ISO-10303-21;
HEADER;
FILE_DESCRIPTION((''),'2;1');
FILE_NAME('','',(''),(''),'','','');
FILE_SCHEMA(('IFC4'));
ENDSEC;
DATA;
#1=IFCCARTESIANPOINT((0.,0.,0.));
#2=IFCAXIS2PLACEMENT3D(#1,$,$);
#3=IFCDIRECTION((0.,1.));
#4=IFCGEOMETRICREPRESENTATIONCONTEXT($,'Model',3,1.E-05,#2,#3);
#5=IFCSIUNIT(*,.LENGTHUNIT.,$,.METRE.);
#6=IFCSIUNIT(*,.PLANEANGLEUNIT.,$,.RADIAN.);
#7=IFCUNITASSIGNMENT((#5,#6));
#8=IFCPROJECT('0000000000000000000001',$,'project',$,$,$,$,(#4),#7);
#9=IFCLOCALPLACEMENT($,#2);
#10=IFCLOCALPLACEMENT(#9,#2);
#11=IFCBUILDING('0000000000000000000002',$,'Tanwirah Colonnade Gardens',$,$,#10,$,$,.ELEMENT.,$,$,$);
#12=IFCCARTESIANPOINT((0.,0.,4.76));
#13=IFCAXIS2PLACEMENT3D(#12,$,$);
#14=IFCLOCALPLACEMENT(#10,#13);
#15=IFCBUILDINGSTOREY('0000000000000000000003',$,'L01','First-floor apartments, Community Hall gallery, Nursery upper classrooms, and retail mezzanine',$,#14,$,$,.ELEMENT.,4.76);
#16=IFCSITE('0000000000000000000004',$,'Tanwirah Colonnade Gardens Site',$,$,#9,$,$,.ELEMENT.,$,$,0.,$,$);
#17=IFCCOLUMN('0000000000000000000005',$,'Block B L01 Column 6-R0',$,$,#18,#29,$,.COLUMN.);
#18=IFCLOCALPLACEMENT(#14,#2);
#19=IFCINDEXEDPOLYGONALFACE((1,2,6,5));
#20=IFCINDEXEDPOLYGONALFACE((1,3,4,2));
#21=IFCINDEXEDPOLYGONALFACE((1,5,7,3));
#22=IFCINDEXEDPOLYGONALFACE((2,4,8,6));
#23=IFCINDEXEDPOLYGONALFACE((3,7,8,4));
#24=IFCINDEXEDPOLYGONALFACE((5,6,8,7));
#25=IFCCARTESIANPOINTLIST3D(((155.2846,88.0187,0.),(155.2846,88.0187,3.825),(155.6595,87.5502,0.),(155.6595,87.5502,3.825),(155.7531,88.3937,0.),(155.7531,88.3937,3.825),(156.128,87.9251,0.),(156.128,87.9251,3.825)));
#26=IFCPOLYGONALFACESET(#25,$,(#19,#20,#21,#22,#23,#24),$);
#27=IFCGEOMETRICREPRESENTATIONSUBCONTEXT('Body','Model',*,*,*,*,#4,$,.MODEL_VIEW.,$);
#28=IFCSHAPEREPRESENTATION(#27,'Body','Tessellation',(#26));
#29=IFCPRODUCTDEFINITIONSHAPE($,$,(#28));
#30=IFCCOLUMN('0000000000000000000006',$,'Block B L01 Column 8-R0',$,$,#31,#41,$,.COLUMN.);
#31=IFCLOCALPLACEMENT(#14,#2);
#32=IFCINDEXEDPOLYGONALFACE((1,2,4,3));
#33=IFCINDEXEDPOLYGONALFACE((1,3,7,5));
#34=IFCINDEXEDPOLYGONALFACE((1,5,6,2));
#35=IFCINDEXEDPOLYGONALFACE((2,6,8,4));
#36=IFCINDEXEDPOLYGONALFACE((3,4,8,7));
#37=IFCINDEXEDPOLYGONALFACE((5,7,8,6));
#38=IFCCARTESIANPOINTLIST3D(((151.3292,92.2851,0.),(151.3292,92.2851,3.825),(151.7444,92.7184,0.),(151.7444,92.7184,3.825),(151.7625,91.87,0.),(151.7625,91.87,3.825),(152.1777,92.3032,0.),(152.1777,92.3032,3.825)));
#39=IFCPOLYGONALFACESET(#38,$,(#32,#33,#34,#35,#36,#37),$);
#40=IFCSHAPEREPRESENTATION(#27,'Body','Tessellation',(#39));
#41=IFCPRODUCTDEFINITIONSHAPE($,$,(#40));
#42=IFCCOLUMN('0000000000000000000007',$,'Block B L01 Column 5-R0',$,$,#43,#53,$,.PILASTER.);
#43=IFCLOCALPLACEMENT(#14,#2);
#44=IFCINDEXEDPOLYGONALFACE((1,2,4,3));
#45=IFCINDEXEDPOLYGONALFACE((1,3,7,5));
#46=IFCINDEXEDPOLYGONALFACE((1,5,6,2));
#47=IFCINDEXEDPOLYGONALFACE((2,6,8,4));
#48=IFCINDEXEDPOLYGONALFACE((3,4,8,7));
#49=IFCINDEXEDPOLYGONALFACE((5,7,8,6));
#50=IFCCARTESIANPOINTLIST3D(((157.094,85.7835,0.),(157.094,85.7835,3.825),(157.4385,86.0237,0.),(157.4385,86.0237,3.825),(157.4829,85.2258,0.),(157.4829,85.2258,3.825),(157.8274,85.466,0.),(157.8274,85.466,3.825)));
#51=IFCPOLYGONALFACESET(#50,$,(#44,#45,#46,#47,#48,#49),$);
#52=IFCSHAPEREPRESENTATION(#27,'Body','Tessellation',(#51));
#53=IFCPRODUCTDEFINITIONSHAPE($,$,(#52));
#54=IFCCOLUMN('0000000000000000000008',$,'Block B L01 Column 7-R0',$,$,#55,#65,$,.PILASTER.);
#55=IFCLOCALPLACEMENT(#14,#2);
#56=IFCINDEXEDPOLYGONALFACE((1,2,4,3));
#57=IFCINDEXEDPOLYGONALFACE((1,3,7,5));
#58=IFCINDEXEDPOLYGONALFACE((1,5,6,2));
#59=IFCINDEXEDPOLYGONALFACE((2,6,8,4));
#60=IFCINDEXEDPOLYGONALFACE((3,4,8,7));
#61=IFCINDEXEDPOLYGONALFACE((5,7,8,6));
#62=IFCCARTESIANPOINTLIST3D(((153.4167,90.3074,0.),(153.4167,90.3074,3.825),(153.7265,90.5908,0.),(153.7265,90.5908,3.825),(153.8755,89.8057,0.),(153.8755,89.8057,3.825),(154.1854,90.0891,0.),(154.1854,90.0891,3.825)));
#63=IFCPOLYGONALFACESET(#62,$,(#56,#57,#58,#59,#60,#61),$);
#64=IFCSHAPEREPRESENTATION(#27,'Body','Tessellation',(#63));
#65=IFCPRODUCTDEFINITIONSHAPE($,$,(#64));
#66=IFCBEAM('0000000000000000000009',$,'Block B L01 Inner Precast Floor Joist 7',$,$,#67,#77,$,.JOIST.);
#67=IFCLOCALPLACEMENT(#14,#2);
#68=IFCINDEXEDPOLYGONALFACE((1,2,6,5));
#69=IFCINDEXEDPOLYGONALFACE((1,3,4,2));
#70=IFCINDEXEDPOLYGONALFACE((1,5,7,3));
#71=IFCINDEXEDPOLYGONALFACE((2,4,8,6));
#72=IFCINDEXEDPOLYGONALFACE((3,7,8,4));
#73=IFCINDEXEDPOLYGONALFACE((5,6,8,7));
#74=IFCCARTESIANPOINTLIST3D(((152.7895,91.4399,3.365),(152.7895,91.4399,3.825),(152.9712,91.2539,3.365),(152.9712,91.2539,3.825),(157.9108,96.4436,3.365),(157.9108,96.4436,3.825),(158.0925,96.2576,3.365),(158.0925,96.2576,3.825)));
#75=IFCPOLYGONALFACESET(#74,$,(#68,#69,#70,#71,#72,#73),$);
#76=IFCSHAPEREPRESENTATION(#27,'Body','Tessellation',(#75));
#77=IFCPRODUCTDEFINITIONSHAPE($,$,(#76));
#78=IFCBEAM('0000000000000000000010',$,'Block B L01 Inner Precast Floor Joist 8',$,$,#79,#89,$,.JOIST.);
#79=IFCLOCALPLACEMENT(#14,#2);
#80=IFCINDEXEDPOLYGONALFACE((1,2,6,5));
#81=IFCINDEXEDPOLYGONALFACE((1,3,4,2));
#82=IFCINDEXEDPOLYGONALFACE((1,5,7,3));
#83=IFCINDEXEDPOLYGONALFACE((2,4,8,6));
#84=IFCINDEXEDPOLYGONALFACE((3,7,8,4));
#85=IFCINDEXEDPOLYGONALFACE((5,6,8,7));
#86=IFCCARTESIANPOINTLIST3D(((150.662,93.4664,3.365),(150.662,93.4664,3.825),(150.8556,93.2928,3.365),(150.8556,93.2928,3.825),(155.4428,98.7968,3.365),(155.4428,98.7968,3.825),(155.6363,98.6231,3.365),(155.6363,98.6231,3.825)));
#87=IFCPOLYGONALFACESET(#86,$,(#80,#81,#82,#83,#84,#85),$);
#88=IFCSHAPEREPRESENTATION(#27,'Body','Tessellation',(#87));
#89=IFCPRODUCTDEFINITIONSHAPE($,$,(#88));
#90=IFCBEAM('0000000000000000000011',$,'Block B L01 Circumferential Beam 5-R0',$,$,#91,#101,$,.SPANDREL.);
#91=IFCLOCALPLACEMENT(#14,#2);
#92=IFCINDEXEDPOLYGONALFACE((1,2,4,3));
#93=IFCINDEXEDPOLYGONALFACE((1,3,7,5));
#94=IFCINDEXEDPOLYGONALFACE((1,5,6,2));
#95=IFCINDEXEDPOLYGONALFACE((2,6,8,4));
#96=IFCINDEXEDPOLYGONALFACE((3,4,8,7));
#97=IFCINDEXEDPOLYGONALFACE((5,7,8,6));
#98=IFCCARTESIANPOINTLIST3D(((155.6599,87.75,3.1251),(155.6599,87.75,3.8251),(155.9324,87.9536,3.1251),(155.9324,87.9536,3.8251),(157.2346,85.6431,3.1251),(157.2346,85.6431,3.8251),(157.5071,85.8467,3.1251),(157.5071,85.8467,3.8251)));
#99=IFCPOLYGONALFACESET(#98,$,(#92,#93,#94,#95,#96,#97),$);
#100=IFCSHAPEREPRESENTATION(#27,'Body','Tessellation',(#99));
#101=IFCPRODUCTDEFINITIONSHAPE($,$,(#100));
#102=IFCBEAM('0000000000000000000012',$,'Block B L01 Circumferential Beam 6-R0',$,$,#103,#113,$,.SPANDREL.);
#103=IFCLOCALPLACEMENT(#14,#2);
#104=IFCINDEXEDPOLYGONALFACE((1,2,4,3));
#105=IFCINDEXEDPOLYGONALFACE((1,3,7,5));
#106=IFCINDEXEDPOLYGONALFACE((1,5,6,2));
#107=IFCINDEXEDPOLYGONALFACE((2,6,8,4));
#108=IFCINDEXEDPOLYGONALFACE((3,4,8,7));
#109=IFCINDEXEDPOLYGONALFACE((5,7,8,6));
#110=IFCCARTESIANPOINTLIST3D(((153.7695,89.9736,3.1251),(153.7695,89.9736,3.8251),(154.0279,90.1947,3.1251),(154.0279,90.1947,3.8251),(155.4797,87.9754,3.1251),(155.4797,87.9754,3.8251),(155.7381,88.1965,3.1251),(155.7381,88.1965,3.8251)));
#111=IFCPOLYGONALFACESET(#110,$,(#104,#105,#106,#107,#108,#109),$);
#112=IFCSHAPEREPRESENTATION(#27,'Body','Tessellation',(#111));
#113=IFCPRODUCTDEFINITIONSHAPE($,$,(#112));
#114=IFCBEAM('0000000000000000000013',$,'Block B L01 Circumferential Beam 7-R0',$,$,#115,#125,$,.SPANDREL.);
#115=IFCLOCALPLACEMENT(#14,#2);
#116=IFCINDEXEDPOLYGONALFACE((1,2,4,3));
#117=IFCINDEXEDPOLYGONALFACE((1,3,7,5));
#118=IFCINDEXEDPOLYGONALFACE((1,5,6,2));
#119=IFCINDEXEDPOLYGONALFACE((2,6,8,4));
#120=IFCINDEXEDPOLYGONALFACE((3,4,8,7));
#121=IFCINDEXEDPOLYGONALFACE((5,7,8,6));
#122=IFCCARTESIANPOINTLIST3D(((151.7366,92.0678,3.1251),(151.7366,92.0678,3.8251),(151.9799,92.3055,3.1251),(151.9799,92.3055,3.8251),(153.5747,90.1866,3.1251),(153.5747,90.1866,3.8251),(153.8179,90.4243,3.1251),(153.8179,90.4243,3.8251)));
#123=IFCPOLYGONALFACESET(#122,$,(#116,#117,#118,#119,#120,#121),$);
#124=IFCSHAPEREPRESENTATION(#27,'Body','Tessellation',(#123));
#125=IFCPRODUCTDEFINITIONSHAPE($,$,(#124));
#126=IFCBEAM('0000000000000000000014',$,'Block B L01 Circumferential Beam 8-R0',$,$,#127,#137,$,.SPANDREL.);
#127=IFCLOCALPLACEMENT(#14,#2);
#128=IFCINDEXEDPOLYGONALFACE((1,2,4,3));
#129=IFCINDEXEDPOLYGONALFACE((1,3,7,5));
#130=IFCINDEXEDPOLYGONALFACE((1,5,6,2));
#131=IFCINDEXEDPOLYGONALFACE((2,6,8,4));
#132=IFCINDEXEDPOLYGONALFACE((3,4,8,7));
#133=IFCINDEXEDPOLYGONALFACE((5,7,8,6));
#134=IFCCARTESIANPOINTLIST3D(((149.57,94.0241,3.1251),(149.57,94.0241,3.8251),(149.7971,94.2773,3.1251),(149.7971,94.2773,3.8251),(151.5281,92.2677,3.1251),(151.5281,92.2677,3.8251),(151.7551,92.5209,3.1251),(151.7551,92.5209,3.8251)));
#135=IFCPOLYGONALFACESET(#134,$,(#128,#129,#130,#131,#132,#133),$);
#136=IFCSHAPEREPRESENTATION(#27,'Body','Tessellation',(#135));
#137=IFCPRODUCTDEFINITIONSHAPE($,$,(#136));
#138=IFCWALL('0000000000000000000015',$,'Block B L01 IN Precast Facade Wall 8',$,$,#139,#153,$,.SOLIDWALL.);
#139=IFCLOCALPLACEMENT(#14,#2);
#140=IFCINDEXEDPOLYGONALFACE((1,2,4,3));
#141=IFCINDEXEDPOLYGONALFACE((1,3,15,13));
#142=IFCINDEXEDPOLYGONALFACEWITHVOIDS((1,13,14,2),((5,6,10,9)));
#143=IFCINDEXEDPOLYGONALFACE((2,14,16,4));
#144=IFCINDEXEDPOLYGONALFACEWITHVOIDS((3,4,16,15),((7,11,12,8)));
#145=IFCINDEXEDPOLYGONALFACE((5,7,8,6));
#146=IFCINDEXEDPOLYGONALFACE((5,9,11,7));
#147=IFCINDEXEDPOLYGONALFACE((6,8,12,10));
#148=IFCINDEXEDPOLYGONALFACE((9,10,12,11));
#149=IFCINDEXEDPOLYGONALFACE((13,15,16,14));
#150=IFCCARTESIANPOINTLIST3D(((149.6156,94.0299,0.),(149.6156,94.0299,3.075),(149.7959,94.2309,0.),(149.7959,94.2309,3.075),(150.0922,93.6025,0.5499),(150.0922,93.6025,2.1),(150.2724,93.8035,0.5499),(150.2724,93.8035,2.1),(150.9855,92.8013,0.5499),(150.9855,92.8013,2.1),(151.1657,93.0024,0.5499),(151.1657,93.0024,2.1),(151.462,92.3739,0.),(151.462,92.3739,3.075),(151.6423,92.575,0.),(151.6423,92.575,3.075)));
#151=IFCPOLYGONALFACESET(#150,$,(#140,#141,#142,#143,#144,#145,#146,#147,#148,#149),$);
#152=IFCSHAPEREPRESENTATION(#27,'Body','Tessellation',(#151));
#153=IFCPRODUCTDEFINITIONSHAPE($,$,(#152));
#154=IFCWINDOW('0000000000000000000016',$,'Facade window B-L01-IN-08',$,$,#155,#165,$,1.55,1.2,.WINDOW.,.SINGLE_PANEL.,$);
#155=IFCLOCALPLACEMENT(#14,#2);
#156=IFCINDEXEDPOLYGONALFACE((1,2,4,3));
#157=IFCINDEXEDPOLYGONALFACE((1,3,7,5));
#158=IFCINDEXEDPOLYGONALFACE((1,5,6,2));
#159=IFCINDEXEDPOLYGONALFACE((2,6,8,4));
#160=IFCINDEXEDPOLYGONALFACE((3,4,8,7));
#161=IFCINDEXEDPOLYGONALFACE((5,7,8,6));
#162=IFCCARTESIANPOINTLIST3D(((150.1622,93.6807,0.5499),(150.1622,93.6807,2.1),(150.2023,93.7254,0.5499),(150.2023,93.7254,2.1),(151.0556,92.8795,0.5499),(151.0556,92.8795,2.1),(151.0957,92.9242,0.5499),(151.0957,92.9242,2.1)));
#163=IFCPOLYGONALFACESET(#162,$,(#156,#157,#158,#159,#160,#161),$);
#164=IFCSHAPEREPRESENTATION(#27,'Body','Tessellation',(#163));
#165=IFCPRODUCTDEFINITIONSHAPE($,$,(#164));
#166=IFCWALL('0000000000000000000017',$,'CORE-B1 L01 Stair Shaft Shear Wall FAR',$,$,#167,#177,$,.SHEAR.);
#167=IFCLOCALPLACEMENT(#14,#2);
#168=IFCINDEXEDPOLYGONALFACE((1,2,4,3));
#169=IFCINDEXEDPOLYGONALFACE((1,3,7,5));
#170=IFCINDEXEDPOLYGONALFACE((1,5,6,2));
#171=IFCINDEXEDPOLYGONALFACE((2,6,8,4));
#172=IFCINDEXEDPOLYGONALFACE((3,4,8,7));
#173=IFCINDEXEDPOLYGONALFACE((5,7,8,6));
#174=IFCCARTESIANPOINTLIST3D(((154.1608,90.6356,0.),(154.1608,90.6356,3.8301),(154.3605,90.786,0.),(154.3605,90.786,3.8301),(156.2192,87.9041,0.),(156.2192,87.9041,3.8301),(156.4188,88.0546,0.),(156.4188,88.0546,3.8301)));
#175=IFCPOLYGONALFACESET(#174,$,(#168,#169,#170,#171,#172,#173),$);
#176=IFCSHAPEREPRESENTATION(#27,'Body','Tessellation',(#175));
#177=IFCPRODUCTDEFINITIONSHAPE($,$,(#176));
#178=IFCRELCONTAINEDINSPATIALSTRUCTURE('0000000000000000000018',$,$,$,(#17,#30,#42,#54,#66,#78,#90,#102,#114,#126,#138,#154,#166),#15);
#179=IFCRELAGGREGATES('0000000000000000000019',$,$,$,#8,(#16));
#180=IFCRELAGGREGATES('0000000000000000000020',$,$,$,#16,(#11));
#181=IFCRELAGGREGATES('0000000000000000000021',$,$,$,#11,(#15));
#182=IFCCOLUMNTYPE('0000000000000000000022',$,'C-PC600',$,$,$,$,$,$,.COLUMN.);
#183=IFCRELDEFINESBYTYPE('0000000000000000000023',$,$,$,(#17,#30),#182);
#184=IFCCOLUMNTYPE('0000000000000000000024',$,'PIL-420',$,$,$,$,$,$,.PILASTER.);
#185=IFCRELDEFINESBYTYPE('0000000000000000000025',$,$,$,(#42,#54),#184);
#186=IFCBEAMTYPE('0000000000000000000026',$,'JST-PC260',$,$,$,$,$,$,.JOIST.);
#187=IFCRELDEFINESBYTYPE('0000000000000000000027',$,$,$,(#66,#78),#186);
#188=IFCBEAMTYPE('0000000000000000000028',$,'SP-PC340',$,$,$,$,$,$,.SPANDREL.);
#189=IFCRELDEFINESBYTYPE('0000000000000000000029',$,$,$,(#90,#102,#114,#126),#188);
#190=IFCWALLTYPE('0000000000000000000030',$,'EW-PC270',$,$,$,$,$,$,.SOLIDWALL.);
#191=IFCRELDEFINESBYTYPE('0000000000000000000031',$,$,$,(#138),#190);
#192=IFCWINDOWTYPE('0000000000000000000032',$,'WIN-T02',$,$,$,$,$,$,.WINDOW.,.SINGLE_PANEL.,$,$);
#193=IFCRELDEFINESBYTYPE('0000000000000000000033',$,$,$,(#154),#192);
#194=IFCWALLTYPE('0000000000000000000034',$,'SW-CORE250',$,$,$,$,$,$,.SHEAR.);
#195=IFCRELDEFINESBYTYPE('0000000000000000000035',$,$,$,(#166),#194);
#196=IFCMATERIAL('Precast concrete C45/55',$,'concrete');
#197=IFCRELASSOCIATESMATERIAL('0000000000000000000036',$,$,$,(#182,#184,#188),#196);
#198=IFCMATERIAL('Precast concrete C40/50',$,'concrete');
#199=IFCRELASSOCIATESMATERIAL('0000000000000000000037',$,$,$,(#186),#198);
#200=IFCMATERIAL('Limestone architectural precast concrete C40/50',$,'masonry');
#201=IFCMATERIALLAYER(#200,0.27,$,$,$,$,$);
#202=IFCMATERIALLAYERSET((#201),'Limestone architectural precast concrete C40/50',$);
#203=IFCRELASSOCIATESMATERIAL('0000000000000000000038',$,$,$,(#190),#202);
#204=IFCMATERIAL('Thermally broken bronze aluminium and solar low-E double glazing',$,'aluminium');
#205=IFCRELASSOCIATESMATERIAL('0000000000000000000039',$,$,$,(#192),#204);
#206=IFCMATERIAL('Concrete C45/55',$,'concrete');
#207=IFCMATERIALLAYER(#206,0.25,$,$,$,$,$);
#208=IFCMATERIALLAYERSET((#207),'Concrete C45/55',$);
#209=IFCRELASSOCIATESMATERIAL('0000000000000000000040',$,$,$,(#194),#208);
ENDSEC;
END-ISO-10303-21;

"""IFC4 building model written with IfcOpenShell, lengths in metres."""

from ifc_helpers import new_model, si_unit, direction, frame, frame_2d, origin, origin_2d, place, context, subcontext, project, spatial, rectangle, extrude, material, layer, layer_set, material_profile, profile_set, type_object, element, fill, save


model = new_model("IFC4")

# Units and contexts
model_context = context("Model", 3, precision=1e-05, world=origin(), true_north=direction((0.0, 1.0)))
body_context = subcontext(model_context, "Body", "Model", "MODEL_VIEW")
ifc_project = project(units=[si_unit("LENGTHUNIT", "METRE"), si_unit("PLANEANGLEUNIT", "RADIAN")], contexts=[model_context])

# Site, building, storey
site_placement = place(None, origin())
site = spatial("IfcSite", under=ifc_project, at=site_placement, Name="Tanwirah Colonnade Gardens Site", CompositionType="ELEMENT", RefElevation=0.0)
building_placement = place(site_placement, origin())
building = spatial("IfcBuilding", under=site, at=building_placement, Name="Tanwirah Colonnade Gardens", CompositionType="ELEMENT")
storey_placement = place(building_placement, frame((0.0, 0.0, 4.76)))
storey = spatial("IfcBuildingStorey", under=building, at=storey_placement, Name="L01", Description="First-floor apartments, Community Hall gallery, Nursery upper classrooms, and retail mezzanine", CompositionType="ELEMENT", Elevation=4.76)

# Columns
ifc_material_1 = material(Name="Precast concrete C45/55", Category="concrete")
ifc_material_profile_1 = material_profile(ifc_material_1, rectangle(XDim=0.6001, YDim=0.6001, at=origin_2d()), Name="PC-COL 600x600")
ifc_profile_set_1 = profile_set([ifc_material_profile_1], Name="Precast concrete C45/55")
column_type_1 = type_object("IfcColumnType", Name="C-PC600", PredefinedType="COLUMN", material=ifc_profile_set_1)
for number, where, z_axis, x_axis, name in (
    (1, (155.7063, 87.9719, 0.0), (0.0, 0.0, 1.0), (0.780794, 0.624789, 0.0), "Block B L01 Column 6-R0"),
    (2, (151.7534, 92.2942, 0.0), (0.0, 0.0, 1.0), (0.691863, 0.722029, 0.0), "Block B L01 Column 8-R0"),
):
    element("IfcColumn", number, at=place(storey_placement, frame(where, z_axis=z_axis, x_axis=x_axis)), inside=storey, type_object=column_type_1, Name=name, PredefinedType="COLUMN", context=body_context, shape_type="SweptSolid", body=[
        extrude(rectangle(XDim=0.6001, YDim=0.6001, at=origin_2d()), origin(), (0.0, 0.0, 1.0), 3.825),
    ])
ifc_material_profile_2 = material_profile(ifc_material_1, rectangle(XDim=0.4199, YDim=0.6799, at=origin_2d()), Name="PC-PIL 420x680")
ifc_profile_set_2 = profile_set([ifc_material_profile_2], Name="Precast concrete C45/55")
column_type_2 = type_object("IfcColumnType", Name="PIL-420", PredefinedType="PILASTER", material=ifc_profile_set_2)
for number, where, z_axis, x_axis, name in (
    (3, (157.4607, 85.6248, 0.0), (0.0, 0.0, 1.0), (0.820263, 0.571987, 0.0), "Block B L01 Column 5-R0"),
    (4, (153.801, 90.1982, 0.0), (0.0, 0.0, 1.0), (0.737932, 0.674875, 0.0), "Block B L01 Column 7-R0"),
):
    element("IfcColumn", number, at=place(storey_placement, frame(where, z_axis=z_axis, x_axis=x_axis)), inside=storey, type_object=column_type_2, Name=name, PredefinedType="PILASTER", context=body_context, shape_type="SweptSolid", body=[
        extrude(rectangle(XDim=0.4199, YDim=0.6799, at=origin_2d()), origin(), (0.0, 0.0, 1.0), 3.825),
    ])

# Beams
ifc_material_2 = material(Name="Precast concrete C40/50", Category="concrete")
ifc_material_profile_3 = material_profile(ifc_material_2, rectangle(XDim=0.26, YDim=0.46, at=origin_2d()), Name="PC-JST 260x460")
ifc_profile_set_3 = profile_set([ifc_material_profile_3], Name="Precast concrete C40/50")
beam_type_1 = type_object("IfcBeamType", Name="JST-PC260", PredefinedType="JOIST", material=ifc_profile_set_3)
beam_1_placement = place(storey_placement, frame((152.8804, 91.3469, 3.595), z_axis=(0.715277, 0.698841, 0.0), x_axis=(-0.698841, 0.715277, 0.0)))
element("IfcBeam", 5, at=beam_1_placement, inside=storey, type_object=beam_type_1, Name="Block B L01 Inner Precast Floor Joist 7", PredefinedType="JOIST", context=body_context, shape_type="SweptSolid", body=[
    extrude(rectangle(XDim=0.26, YDim=0.46, at=origin_2d()), origin(), (0.0, 0.0, 1.0), 7.1599),
])
beam_2_placement = place(storey_placement, frame((150.7588, 93.3796, 3.595), z_axis=(0.667688, 0.744441, 0.0), x_axis=(-0.744441, 0.667688, 0.0)))
element("IfcBeam", 6, at=beam_2_placement, inside=storey, type_object=beam_type_1, Name="Block B L01 Inner Precast Floor Joist 8", PredefinedType="JOIST", context=body_context, shape_type="SweptSolid", body=[
    extrude(rectangle(XDim=0.26, YDim=0.46, at=origin_2d()), origin(), (0.0, 0.0, 1.0), 7.1602),
])
ifc_material_profile_4 = material_profile(ifc_material_1, rectangle(XDim=0.3401, YDim=0.7, at=origin_2d()), Name="PC-SP 340x700")
ifc_profile_set_4 = profile_set([ifc_material_profile_4], Name="Precast concrete C45/55")
beam_type_2 = type_object("IfcBeamType", Name="SP-PC340", PredefinedType="SPANDREL", material=ifc_profile_set_4)
beam_3_placement = place(storey_placement, frame((157.3708, 85.7449, 3.4751), z_axis=(-0.598663, 0.801001, 0.0), x_axis=(-0.801001, -0.598663, 0.0)))
element("IfcBeam", 7, at=beam_3_placement, inside=storey, type_object=beam_type_2, Name="Block B L01 Circumferential Beam 5-R0", PredefinedType="SPANDREL", context=body_context, shape_type="SweptSolid", body=[
    extrude(rectangle(XDim=0.3401, YDim=0.7, at=origin_2d()), origin(), (0.0, 0.0, 1.0), 2.6304),
])
for number, where, z_axis, x_axis, name in (
    (8, (155.6089, 88.0859, 3.4751), (-0.650218, 0.759748, 0.0), (-0.759748, -0.650218, 0.0), "Block B L01 Circumferential Beam 6-R0"),
    (9, (153.6963, 90.3054, 3.4751), (-0.698844, 0.715274, 0.0), (-0.715274, -0.698844, 0.0), "Block B L01 Circumferential Beam 7-R0"),
):
    element("IfcBeam", number, at=place(storey_placement, frame(where, z_axis=z_axis, x_axis=x_axis)), inside=storey, type_object=beam_type_2, Name=name, PredefinedType="SPANDREL", context=body_context, shape_type="SweptSolid", body=[
        extrude(rectangle(XDim=0.3401, YDim=0.7, at=origin_2d()), origin(), (0.0, 0.0, 1.0), 2.6301),
    ])
beam_4_placement = place(storey_placement, frame((151.6416, 92.3943, 3.4751), z_axis=(-0.744401, 0.667733, 0.0), x_axis=(-0.667733, -0.744401, 0.0)))
element("IfcBeam", 10, at=beam_4_placement, inside=storey, type_object=beam_type_2, Name="Block B L01 Circumferential Beam 8-R0", PredefinedType="SPANDREL", context=body_context, shape_type="SweptSolid", body=[
    extrude(rectangle(XDim=0.3401, YDim=0.7, at=origin_2d()), origin(), (0.0, 0.0, 1.0), 2.6304),
])

# Wall, opening, window
ifc_material_3 = material(Name="Limestone architectural precast concrete C40/50", Category="masonry")
ifc_layer_1 = layer(ifc_material_3, 0.27)
ifc_layer_set_1 = layer_set([ifc_layer_1], Name="Limestone architectural precast concrete C40/50")
wall_type_1 = type_object("IfcWallType", Name="EW-PC270", PredefinedType="SOLIDWALL", material=ifc_layer_set_1)
wall_1_placement = place(storey_placement, frame((151.5522, 92.4744, 0.0), z_axis=(0.0, 0.0, 1.0), x_axis=(-0.744453, 0.667675, 0.0)))
wall_1 = element("IfcWall", 11, at=wall_1_placement, inside=storey, type_object=wall_type_1, Name="Block B L01 IN Precast Facade Wall 8", PredefinedType="SOLIDWALL", context=body_context, shape_type="SweptSolid", body=[
    extrude(rectangle(XDim=2.4802, YDim=0.27, at=frame_2d((1.2402, 0.0))), origin(), (0.0, 0.0, 1.0), 3.075),
])
opening_placement = place(wall_1_placement, frame((0.6401, 0.0, 0.55)))
opening = element("IfcOpeningElement", 12, at=opening_placement, cuts=wall_1, PredefinedType="OPENING", context=body_context, shape_type="SweptSolid", body=[
    extrude(rectangle(XDim=1.2, YDim=1.55, at=frame_2d((0.6001, 0.7749))), frame((0.0, 0.145, 0.0), z_axis=(0.0, -1.0, 0.0), x_axis=(1.0, 0.0, 0.0)), (0.0, 0.0, 1.0), 0.29),
])
ifc_material_4 = material(Name="Thermally broken bronze aluminium and solar low-E double glazing", Category="aluminium")
window_type = type_object("IfcWindowType", Name="WIN-T02", PartitioningType="SINGLE_PANEL", PredefinedType="WINDOW", material=ifc_material_4)
window_placement = place(opening_placement, origin())
window = element("IfcWindow", 13, at=window_placement, inside=storey, type_object=window_type, Name="Facade window B-L01-IN-08", OverallHeight=1.55, OverallWidth=1.2, PartitioningType="SINGLE_PANEL", PredefinedType="WINDOW", context=body_context, shape_type="SweptSolid", body=[
    extrude(rectangle(XDim=1.2, YDim=1.55, at=frame_2d((0.6001, 0.7749))), frame((0.0, 0.03, 0.0), z_axis=(0.0, -1.0, 0.0), x_axis=(1.0, 0.0, 0.0)), (0.0, 0.0, 1.0), 0.0601),
])
fill(opening, window)

# Wall
ifc_material_5 = material(Name="Concrete C45/55", Category="concrete")
ifc_layer_2 = layer(ifc_material_5, 0.25)
ifc_layer_set_2 = layer_set([ifc_layer_2], Name="Concrete C45/55")
wall_type_2 = type_object("IfcWallType", Name="SW-CORE250", PredefinedType="SHEAR", material=ifc_layer_set_2)
wall_2_placement = place(storey_placement, frame((154.2607, 90.7107, 0.0), z_axis=(0.0, 0.0, 1.0), x_axis=(0.601826, -0.798627, 0.0)))
element("IfcWall", 14, at=wall_2_placement, inside=storey, type_object=wall_type_2, Name="CORE-B1 L01 Stair Shaft Shear Wall FAR", PredefinedType="SHEAR", context=body_context, shape_type="SweptSolid", body=[
    extrude(rectangle(XDim=3.4202, YDim=0.25, at=frame_2d((1.71, 0.0))), origin(), (0.0, 0.0, 1.0), 3.8301),
])

save(model, "model.ifc")
